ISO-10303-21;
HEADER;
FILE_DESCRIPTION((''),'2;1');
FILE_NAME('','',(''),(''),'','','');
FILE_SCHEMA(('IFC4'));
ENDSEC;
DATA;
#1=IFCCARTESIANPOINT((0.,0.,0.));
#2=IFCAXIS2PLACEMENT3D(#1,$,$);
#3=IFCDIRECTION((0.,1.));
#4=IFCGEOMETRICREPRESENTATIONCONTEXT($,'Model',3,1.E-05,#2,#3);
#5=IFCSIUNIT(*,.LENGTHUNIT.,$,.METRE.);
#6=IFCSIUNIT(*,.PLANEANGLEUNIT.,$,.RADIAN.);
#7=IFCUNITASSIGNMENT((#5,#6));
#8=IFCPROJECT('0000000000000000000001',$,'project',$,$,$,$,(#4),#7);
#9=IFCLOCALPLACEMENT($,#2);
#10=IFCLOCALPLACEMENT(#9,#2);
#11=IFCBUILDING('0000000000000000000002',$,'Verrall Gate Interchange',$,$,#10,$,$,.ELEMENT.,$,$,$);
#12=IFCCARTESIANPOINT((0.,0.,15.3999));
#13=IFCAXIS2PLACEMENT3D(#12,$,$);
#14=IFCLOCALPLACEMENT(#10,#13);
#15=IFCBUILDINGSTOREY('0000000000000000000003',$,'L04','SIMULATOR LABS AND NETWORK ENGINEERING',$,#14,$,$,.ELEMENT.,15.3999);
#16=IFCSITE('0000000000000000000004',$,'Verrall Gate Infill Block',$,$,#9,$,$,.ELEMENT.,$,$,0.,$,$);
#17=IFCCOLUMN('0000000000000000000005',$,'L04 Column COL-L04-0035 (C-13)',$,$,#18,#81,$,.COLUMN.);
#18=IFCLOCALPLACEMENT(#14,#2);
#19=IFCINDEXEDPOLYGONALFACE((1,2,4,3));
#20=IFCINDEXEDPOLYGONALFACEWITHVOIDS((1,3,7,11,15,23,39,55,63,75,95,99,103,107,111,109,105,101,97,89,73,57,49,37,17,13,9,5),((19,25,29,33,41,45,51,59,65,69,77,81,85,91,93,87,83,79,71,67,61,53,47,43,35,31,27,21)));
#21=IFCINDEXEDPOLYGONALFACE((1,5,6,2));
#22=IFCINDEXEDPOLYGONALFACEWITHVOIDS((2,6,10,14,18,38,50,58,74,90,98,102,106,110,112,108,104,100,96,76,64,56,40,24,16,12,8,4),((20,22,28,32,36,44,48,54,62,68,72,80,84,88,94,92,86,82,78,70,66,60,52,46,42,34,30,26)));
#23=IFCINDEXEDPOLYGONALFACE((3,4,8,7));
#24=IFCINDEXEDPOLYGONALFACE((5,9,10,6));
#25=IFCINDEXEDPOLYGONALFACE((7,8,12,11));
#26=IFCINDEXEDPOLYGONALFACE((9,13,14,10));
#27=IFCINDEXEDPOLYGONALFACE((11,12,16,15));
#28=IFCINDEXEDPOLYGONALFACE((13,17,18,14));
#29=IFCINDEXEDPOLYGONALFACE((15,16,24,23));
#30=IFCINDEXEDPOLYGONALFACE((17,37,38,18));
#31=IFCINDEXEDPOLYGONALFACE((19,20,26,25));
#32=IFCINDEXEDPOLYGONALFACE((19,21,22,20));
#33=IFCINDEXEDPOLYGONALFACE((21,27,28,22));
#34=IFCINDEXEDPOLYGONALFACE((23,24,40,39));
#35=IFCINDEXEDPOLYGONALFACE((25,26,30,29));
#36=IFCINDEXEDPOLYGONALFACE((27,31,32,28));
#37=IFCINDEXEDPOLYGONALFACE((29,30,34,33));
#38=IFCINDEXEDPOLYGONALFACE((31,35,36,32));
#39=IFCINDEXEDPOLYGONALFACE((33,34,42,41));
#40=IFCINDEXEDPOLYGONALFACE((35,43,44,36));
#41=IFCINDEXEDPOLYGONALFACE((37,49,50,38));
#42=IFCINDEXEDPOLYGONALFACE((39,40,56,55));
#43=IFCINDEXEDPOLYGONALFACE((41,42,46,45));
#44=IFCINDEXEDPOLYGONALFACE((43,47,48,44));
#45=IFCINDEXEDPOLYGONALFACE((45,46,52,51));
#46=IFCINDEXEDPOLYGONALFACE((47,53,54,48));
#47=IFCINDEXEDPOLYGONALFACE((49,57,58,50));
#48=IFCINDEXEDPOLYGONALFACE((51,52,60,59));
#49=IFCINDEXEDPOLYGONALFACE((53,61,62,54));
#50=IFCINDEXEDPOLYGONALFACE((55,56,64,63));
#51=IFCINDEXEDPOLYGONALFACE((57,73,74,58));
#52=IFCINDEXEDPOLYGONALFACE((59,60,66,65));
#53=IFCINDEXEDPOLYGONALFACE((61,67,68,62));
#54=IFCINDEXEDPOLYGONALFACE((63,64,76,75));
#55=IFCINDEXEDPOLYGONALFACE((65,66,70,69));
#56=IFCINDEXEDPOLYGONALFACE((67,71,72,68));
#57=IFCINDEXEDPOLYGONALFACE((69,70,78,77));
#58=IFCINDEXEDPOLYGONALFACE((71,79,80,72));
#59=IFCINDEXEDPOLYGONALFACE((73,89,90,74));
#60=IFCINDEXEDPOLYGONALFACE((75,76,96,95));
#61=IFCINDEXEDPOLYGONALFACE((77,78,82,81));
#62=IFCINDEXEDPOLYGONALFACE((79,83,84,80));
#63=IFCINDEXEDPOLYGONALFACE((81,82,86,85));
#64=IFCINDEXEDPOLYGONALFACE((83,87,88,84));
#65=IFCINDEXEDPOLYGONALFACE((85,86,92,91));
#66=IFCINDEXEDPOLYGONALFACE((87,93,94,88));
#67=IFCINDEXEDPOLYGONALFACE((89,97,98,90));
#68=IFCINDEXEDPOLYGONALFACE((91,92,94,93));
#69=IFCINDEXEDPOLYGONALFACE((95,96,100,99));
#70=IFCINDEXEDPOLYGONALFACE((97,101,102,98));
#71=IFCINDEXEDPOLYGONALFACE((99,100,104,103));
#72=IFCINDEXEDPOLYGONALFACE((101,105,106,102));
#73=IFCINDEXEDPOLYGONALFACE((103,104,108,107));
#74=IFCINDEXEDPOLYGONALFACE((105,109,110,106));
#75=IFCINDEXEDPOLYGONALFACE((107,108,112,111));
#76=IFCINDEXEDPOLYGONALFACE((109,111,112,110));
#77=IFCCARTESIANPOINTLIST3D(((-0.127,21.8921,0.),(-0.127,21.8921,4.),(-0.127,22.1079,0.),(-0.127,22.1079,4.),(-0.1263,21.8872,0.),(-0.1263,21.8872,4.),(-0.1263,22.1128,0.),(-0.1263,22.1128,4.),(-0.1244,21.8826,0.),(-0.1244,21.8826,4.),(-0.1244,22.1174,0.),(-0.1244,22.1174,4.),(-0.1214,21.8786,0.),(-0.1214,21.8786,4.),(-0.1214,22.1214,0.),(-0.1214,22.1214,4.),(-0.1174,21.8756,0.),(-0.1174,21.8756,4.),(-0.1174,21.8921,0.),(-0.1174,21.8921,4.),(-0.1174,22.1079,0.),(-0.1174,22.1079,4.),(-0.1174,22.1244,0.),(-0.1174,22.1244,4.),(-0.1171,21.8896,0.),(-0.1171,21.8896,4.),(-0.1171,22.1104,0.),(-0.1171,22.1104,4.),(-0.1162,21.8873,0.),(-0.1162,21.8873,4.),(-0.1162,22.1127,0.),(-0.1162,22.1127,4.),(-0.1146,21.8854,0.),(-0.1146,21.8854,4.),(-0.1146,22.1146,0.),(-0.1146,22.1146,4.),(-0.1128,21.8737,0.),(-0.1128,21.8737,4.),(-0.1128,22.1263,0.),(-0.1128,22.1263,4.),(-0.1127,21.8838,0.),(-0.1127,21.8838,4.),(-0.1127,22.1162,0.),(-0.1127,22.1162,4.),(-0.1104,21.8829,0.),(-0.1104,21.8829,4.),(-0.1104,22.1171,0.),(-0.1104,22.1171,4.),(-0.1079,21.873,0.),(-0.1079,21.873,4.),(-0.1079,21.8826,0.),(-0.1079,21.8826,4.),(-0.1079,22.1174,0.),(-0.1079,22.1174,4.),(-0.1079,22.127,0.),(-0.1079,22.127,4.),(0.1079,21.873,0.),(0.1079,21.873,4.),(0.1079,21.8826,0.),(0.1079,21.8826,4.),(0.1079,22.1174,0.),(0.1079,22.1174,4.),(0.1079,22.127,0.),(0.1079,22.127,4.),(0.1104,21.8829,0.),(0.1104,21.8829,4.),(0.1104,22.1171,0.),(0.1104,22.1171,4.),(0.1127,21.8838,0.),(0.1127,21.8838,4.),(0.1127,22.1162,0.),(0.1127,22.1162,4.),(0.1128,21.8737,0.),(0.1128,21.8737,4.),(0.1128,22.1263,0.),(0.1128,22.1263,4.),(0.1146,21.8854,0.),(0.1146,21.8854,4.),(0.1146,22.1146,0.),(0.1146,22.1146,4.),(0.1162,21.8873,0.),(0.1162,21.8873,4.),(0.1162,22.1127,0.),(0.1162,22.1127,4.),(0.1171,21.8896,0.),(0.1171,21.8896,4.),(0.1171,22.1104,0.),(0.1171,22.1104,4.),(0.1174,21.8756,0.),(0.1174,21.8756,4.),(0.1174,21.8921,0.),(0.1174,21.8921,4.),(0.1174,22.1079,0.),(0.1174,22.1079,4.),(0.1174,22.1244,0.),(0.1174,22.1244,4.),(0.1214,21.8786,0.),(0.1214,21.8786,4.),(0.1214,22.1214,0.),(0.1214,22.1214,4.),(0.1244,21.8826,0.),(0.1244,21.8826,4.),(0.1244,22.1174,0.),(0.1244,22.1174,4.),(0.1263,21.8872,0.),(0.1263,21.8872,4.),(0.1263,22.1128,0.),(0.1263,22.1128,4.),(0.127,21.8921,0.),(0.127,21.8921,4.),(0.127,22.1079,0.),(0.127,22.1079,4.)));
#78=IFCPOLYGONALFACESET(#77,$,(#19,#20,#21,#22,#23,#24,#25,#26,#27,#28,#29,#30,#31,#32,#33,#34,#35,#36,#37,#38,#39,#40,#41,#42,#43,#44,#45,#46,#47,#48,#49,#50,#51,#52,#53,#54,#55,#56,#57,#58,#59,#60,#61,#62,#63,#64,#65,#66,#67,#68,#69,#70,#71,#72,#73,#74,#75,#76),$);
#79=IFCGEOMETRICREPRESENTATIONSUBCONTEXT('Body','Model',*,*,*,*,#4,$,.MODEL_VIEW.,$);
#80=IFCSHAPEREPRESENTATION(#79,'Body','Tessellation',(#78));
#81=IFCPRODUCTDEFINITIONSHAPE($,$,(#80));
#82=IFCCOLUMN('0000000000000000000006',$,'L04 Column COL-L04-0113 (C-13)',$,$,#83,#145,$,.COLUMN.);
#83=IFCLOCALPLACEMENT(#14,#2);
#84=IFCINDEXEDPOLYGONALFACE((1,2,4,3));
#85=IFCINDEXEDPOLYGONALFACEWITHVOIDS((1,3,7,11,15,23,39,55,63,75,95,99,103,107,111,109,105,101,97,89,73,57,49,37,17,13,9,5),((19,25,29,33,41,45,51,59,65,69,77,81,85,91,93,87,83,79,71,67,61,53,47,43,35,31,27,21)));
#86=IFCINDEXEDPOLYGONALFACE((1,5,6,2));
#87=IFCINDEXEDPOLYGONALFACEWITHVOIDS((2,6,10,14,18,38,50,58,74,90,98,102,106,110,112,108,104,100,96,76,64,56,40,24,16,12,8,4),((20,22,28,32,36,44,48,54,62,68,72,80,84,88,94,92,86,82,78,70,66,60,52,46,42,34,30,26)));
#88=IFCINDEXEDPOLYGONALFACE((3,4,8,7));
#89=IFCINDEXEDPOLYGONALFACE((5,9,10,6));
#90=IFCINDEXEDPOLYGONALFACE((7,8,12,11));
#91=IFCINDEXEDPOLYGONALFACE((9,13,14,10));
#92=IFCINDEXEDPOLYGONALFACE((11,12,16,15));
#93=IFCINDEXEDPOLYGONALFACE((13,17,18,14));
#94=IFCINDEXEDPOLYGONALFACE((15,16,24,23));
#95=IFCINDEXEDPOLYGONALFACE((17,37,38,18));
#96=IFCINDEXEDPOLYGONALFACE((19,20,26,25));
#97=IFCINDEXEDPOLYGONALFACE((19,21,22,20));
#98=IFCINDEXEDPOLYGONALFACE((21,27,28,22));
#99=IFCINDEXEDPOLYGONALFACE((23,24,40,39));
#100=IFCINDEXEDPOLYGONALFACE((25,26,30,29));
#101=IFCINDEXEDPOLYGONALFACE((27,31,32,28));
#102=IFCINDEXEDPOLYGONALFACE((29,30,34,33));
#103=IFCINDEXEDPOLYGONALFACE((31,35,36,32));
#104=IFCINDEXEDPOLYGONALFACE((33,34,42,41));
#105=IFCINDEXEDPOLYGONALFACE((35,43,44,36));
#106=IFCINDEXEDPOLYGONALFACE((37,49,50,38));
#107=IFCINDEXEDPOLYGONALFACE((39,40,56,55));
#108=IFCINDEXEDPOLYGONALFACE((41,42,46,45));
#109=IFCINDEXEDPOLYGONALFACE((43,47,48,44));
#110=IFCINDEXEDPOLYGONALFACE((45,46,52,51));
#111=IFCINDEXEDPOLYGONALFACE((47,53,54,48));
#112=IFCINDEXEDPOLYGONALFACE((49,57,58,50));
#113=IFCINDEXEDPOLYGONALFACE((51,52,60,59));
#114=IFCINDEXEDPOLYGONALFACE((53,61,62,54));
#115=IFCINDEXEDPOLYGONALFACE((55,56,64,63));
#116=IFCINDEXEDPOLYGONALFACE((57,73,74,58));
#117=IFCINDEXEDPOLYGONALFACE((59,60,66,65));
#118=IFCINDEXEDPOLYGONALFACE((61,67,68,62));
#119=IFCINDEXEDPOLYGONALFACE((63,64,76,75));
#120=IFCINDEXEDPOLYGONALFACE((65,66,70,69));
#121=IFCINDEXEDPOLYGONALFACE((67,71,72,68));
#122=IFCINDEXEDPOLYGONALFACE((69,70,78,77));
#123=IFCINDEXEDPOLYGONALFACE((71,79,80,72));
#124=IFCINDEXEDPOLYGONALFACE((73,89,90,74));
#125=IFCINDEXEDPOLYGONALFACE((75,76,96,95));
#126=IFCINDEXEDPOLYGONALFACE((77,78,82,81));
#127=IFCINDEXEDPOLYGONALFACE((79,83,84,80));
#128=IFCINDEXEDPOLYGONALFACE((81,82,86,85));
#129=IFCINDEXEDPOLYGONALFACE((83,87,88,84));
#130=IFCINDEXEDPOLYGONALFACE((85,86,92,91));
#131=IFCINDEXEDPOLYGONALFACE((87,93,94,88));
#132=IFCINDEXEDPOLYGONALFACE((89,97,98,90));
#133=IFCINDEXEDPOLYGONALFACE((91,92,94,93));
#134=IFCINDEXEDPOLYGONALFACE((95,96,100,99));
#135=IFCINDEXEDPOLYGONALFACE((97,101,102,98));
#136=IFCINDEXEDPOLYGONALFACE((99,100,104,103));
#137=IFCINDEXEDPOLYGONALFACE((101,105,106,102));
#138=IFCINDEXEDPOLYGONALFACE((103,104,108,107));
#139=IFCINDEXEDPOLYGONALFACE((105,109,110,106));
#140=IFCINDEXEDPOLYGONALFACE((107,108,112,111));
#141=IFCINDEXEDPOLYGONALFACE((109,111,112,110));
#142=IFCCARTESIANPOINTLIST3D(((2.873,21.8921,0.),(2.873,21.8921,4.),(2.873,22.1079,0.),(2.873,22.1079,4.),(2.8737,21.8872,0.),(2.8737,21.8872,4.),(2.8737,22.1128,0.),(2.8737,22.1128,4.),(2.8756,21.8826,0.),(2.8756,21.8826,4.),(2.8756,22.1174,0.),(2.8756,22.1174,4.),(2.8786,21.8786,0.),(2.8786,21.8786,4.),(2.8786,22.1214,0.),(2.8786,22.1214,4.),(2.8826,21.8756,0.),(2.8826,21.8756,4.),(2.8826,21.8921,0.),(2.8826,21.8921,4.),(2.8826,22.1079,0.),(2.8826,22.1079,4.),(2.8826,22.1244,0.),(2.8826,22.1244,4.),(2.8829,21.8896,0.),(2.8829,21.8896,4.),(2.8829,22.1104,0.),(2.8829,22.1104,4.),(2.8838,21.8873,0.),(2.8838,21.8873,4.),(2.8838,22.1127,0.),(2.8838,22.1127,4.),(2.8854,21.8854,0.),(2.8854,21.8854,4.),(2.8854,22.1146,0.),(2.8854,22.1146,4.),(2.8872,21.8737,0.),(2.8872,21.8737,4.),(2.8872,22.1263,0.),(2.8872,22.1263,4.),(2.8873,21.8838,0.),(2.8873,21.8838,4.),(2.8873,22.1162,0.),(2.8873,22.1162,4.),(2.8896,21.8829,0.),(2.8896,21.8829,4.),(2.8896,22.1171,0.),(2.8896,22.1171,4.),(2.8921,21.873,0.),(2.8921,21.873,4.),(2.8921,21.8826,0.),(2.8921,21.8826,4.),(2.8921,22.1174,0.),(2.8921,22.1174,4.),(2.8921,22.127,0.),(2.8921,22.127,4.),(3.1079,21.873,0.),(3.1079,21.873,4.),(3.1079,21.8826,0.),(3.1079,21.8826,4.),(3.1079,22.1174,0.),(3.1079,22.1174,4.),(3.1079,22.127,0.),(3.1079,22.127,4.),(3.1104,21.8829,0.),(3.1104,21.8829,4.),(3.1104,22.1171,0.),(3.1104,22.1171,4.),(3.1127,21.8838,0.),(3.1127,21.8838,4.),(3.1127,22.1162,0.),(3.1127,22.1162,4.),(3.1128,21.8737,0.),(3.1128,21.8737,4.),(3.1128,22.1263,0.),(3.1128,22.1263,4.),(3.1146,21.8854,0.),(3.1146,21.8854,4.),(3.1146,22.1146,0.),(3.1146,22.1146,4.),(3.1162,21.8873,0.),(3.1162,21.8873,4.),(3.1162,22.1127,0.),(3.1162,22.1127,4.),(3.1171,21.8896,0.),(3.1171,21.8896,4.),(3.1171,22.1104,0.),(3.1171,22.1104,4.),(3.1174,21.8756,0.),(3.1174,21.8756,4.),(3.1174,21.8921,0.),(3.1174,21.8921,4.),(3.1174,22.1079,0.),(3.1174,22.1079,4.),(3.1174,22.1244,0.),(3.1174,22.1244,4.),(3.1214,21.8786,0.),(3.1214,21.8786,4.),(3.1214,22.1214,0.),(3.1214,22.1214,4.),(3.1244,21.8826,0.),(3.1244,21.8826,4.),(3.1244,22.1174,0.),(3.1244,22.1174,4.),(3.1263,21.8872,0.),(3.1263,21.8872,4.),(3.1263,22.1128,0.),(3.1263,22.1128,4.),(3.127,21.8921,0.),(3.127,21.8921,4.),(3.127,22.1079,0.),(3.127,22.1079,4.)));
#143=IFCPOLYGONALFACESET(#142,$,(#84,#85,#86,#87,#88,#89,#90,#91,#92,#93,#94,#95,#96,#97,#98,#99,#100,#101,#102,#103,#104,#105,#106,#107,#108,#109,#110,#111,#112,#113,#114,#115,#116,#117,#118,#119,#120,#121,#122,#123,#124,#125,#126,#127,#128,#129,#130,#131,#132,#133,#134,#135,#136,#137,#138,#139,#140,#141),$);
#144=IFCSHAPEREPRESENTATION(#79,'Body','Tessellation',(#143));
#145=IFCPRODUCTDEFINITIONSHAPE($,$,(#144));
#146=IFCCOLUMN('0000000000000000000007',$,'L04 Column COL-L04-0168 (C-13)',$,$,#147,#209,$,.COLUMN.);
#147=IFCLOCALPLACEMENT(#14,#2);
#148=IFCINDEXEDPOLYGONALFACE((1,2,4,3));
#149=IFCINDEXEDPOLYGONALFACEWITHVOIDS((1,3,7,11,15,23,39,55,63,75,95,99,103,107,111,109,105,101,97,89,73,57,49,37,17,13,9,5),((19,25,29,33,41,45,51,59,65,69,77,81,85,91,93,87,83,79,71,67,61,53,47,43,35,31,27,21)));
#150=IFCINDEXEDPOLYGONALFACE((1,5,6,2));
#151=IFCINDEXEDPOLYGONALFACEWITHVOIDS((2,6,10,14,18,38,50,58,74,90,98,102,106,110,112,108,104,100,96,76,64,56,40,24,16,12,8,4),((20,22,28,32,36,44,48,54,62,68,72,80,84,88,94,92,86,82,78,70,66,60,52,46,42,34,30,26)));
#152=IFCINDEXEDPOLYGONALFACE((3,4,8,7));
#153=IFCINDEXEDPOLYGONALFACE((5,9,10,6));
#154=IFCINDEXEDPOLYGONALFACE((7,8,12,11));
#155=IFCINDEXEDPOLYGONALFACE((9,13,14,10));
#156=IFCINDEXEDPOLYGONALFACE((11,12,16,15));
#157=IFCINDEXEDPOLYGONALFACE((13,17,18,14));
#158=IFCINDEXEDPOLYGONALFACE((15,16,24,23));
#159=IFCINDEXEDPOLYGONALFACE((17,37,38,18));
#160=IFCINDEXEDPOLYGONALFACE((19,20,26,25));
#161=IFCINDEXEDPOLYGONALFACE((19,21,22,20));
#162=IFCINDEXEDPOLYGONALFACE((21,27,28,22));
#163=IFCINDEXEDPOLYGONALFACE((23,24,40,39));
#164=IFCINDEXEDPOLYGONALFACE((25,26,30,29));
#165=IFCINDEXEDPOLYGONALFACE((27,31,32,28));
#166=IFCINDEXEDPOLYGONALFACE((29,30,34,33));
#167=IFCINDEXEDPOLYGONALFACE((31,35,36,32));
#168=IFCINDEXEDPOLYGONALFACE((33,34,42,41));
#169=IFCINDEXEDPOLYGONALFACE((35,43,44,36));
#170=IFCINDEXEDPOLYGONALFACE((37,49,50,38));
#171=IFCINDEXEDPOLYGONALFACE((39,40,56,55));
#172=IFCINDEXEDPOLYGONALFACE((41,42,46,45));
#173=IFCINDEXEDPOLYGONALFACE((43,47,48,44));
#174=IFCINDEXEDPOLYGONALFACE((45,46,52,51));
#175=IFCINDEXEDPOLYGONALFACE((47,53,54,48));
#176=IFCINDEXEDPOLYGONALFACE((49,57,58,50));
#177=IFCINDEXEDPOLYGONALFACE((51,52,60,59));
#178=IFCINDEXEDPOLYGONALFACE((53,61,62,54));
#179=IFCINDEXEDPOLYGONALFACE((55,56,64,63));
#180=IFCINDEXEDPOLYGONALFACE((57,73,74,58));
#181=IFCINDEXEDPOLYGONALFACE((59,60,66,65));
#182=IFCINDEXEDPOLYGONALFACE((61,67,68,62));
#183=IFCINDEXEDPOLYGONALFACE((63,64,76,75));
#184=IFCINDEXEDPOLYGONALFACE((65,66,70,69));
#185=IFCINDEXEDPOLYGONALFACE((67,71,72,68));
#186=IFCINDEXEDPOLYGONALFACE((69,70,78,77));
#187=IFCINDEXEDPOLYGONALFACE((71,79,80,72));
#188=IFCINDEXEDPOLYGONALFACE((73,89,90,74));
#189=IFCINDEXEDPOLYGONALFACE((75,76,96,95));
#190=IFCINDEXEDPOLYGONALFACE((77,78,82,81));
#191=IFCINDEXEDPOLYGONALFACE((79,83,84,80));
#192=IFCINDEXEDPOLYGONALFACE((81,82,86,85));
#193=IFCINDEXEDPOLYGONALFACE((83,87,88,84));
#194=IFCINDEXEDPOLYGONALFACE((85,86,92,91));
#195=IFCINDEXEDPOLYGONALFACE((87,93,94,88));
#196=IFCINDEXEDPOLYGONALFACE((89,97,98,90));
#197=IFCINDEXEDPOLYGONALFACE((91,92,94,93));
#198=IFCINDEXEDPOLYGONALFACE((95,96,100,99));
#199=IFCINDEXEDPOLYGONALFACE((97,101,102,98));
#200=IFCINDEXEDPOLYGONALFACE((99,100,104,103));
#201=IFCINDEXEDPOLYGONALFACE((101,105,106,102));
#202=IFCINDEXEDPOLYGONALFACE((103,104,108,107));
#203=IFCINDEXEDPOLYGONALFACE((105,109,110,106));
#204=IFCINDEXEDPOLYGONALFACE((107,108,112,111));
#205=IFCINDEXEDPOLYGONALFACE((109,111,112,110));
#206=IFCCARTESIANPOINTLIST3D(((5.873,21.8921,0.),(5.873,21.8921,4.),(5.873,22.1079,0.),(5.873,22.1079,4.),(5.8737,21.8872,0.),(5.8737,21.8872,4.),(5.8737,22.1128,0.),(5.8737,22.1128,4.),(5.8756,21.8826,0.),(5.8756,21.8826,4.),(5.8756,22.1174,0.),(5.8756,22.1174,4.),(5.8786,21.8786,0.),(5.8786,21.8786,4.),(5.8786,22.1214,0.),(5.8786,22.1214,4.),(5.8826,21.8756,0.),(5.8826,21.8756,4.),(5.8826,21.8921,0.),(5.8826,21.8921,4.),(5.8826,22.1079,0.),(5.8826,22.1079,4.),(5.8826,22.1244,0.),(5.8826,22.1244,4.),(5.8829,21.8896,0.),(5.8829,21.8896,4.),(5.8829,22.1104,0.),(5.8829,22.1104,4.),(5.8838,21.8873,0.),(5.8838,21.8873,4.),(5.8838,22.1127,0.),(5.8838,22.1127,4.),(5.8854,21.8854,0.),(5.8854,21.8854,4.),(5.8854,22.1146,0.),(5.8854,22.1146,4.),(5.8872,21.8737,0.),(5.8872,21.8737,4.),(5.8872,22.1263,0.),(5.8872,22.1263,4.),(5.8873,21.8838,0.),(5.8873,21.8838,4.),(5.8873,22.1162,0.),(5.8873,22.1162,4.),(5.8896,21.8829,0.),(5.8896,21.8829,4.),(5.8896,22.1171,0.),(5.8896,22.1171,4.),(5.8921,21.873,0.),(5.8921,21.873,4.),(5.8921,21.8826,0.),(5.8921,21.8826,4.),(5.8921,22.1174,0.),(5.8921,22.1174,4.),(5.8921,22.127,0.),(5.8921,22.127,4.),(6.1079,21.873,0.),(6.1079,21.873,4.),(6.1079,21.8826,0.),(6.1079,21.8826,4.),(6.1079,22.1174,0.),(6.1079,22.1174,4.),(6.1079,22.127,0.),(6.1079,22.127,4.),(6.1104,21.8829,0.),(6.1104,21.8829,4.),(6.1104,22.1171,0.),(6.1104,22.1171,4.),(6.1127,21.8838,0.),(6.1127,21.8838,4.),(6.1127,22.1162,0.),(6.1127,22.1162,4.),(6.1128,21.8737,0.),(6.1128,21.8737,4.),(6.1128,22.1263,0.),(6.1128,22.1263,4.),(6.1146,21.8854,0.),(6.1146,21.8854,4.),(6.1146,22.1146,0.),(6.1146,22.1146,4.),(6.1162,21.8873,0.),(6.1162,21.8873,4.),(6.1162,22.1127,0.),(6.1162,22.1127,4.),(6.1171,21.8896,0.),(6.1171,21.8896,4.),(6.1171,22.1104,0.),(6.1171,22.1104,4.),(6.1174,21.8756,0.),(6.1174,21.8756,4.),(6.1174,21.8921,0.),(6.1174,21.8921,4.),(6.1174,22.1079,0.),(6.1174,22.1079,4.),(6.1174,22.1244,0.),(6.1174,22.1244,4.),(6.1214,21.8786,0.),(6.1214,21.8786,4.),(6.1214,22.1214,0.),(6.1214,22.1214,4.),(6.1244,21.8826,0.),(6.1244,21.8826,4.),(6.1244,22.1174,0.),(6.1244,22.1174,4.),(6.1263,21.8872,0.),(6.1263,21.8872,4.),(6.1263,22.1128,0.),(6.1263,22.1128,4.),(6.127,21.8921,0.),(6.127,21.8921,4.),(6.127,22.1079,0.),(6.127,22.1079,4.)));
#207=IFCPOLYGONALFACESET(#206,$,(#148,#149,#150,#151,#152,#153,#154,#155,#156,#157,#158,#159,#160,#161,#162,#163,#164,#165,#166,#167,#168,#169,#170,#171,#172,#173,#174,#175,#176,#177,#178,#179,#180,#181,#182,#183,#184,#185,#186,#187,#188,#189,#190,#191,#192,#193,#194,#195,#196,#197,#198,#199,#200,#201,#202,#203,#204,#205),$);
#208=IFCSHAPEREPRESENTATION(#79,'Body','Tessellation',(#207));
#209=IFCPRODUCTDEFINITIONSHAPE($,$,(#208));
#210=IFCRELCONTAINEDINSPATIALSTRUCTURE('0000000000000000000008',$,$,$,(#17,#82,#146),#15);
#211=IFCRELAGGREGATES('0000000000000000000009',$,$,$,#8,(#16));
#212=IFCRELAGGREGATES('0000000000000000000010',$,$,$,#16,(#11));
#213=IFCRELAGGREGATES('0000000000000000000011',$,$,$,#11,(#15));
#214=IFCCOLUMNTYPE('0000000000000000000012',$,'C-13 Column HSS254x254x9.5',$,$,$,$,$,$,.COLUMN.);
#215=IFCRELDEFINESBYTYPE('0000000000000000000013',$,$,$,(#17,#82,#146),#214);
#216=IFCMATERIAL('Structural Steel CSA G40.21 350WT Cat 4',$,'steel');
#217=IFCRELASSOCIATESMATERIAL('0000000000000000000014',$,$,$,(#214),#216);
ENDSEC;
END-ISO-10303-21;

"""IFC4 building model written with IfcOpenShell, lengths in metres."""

from ifc_helpers import new_model, si_unit, direction, frame, origin, origin_2d, place, context, subcontext, project, spatial, hollow_rectangle, extrude, material, material_profile, profile_set, type_object, element, save


model = new_model("IFC4")

# Units and contexts
model_context = context("Model", 3, precision=1e-05, world=origin(), true_north=direction((0.0, 1.0)))
body_context = subcontext(model_context, "Body", "Model", "MODEL_VIEW")
ifc_project = project(units=[si_unit("LENGTHUNIT", "METRE"), si_unit("PLANEANGLEUNIT", "RADIAN")], contexts=[model_context])

# Site, building, storey
site_placement = place(None, origin())
site = spatial("IfcSite", under=ifc_project, at=site_placement, Name="Verrall Gate Infill Block", CompositionType="ELEMENT", RefElevation=0.0)
building_placement = place(site_placement, origin())
building = spatial("IfcBuilding", under=site, at=building_placement, Name="Verrall Gate Interchange", CompositionType="ELEMENT")
storey_placement = place(building_placement, frame((0.0, 0.0, 15.3999)))
storey = spatial("IfcBuildingStorey", under=building, at=storey_placement, Name="L04", Description="SIMULATOR LABS AND NETWORK ENGINEERING", CompositionType="ELEMENT", Elevation=15.3999)

# Columns
ifc_material_1 = material(Name="Structural Steel CSA G40.21 350WT Cat 4", Category="steel")
ifc_material_profile_1 = material_profile(ifc_material_1, hollow_rectangle(XDim=0.2539, YDim=0.2539, WallThickness=0.0095, InnerFilletRadius=0.0095, OuterFilletRadius=0.019, at=origin_2d()), Name="HSS254x254x9.5")
ifc_profile_set_1 = profile_set([ifc_material_profile_1], Name="Structural Steel CSA G40.21 350WT Cat 4")
column_type = type_object("IfcColumnType", Name="C-13 Column HSS254x254x9.5", PredefinedType="COLUMN", material=ifc_profile_set_1)
for number, where, z_axis, x_axis, name in (
    (1, (0.0, 22.0, 0.0), (0.0, 0.0, 1.0), (1.0, 0.0, 0.0), "L04 Column COL-L04-0035 (C-13)"),
    (2, (3.0, 22.0, 0.0), (0.0, 0.0, 1.0), (1.0, 0.0, 0.0), "L04 Column COL-L04-0113 (C-13)"),
    (3, (6.0, 22.0, 0.0), (0.0, 0.0, 1.0), (1.0, 0.0, 0.0), "L04 Column COL-L04-0168 (C-13)"),
):
    element("IfcColumn", number, at=place(storey_placement, frame(where, z_axis=z_axis, x_axis=x_axis)), inside=storey, type_object=column_type, Name=name, PredefinedType="COLUMN", context=body_context, shape_type="SweptSolid", body=[
        extrude(hollow_rectangle(XDim=0.2539, YDim=0.2539, WallThickness=0.0095, InnerFilletRadius=0.0095, OuterFilletRadius=0.019, at=origin_2d()), origin(), (0.0, 0.0, 1.0), 4.0),
    ])

save(model, "model.ifc")
